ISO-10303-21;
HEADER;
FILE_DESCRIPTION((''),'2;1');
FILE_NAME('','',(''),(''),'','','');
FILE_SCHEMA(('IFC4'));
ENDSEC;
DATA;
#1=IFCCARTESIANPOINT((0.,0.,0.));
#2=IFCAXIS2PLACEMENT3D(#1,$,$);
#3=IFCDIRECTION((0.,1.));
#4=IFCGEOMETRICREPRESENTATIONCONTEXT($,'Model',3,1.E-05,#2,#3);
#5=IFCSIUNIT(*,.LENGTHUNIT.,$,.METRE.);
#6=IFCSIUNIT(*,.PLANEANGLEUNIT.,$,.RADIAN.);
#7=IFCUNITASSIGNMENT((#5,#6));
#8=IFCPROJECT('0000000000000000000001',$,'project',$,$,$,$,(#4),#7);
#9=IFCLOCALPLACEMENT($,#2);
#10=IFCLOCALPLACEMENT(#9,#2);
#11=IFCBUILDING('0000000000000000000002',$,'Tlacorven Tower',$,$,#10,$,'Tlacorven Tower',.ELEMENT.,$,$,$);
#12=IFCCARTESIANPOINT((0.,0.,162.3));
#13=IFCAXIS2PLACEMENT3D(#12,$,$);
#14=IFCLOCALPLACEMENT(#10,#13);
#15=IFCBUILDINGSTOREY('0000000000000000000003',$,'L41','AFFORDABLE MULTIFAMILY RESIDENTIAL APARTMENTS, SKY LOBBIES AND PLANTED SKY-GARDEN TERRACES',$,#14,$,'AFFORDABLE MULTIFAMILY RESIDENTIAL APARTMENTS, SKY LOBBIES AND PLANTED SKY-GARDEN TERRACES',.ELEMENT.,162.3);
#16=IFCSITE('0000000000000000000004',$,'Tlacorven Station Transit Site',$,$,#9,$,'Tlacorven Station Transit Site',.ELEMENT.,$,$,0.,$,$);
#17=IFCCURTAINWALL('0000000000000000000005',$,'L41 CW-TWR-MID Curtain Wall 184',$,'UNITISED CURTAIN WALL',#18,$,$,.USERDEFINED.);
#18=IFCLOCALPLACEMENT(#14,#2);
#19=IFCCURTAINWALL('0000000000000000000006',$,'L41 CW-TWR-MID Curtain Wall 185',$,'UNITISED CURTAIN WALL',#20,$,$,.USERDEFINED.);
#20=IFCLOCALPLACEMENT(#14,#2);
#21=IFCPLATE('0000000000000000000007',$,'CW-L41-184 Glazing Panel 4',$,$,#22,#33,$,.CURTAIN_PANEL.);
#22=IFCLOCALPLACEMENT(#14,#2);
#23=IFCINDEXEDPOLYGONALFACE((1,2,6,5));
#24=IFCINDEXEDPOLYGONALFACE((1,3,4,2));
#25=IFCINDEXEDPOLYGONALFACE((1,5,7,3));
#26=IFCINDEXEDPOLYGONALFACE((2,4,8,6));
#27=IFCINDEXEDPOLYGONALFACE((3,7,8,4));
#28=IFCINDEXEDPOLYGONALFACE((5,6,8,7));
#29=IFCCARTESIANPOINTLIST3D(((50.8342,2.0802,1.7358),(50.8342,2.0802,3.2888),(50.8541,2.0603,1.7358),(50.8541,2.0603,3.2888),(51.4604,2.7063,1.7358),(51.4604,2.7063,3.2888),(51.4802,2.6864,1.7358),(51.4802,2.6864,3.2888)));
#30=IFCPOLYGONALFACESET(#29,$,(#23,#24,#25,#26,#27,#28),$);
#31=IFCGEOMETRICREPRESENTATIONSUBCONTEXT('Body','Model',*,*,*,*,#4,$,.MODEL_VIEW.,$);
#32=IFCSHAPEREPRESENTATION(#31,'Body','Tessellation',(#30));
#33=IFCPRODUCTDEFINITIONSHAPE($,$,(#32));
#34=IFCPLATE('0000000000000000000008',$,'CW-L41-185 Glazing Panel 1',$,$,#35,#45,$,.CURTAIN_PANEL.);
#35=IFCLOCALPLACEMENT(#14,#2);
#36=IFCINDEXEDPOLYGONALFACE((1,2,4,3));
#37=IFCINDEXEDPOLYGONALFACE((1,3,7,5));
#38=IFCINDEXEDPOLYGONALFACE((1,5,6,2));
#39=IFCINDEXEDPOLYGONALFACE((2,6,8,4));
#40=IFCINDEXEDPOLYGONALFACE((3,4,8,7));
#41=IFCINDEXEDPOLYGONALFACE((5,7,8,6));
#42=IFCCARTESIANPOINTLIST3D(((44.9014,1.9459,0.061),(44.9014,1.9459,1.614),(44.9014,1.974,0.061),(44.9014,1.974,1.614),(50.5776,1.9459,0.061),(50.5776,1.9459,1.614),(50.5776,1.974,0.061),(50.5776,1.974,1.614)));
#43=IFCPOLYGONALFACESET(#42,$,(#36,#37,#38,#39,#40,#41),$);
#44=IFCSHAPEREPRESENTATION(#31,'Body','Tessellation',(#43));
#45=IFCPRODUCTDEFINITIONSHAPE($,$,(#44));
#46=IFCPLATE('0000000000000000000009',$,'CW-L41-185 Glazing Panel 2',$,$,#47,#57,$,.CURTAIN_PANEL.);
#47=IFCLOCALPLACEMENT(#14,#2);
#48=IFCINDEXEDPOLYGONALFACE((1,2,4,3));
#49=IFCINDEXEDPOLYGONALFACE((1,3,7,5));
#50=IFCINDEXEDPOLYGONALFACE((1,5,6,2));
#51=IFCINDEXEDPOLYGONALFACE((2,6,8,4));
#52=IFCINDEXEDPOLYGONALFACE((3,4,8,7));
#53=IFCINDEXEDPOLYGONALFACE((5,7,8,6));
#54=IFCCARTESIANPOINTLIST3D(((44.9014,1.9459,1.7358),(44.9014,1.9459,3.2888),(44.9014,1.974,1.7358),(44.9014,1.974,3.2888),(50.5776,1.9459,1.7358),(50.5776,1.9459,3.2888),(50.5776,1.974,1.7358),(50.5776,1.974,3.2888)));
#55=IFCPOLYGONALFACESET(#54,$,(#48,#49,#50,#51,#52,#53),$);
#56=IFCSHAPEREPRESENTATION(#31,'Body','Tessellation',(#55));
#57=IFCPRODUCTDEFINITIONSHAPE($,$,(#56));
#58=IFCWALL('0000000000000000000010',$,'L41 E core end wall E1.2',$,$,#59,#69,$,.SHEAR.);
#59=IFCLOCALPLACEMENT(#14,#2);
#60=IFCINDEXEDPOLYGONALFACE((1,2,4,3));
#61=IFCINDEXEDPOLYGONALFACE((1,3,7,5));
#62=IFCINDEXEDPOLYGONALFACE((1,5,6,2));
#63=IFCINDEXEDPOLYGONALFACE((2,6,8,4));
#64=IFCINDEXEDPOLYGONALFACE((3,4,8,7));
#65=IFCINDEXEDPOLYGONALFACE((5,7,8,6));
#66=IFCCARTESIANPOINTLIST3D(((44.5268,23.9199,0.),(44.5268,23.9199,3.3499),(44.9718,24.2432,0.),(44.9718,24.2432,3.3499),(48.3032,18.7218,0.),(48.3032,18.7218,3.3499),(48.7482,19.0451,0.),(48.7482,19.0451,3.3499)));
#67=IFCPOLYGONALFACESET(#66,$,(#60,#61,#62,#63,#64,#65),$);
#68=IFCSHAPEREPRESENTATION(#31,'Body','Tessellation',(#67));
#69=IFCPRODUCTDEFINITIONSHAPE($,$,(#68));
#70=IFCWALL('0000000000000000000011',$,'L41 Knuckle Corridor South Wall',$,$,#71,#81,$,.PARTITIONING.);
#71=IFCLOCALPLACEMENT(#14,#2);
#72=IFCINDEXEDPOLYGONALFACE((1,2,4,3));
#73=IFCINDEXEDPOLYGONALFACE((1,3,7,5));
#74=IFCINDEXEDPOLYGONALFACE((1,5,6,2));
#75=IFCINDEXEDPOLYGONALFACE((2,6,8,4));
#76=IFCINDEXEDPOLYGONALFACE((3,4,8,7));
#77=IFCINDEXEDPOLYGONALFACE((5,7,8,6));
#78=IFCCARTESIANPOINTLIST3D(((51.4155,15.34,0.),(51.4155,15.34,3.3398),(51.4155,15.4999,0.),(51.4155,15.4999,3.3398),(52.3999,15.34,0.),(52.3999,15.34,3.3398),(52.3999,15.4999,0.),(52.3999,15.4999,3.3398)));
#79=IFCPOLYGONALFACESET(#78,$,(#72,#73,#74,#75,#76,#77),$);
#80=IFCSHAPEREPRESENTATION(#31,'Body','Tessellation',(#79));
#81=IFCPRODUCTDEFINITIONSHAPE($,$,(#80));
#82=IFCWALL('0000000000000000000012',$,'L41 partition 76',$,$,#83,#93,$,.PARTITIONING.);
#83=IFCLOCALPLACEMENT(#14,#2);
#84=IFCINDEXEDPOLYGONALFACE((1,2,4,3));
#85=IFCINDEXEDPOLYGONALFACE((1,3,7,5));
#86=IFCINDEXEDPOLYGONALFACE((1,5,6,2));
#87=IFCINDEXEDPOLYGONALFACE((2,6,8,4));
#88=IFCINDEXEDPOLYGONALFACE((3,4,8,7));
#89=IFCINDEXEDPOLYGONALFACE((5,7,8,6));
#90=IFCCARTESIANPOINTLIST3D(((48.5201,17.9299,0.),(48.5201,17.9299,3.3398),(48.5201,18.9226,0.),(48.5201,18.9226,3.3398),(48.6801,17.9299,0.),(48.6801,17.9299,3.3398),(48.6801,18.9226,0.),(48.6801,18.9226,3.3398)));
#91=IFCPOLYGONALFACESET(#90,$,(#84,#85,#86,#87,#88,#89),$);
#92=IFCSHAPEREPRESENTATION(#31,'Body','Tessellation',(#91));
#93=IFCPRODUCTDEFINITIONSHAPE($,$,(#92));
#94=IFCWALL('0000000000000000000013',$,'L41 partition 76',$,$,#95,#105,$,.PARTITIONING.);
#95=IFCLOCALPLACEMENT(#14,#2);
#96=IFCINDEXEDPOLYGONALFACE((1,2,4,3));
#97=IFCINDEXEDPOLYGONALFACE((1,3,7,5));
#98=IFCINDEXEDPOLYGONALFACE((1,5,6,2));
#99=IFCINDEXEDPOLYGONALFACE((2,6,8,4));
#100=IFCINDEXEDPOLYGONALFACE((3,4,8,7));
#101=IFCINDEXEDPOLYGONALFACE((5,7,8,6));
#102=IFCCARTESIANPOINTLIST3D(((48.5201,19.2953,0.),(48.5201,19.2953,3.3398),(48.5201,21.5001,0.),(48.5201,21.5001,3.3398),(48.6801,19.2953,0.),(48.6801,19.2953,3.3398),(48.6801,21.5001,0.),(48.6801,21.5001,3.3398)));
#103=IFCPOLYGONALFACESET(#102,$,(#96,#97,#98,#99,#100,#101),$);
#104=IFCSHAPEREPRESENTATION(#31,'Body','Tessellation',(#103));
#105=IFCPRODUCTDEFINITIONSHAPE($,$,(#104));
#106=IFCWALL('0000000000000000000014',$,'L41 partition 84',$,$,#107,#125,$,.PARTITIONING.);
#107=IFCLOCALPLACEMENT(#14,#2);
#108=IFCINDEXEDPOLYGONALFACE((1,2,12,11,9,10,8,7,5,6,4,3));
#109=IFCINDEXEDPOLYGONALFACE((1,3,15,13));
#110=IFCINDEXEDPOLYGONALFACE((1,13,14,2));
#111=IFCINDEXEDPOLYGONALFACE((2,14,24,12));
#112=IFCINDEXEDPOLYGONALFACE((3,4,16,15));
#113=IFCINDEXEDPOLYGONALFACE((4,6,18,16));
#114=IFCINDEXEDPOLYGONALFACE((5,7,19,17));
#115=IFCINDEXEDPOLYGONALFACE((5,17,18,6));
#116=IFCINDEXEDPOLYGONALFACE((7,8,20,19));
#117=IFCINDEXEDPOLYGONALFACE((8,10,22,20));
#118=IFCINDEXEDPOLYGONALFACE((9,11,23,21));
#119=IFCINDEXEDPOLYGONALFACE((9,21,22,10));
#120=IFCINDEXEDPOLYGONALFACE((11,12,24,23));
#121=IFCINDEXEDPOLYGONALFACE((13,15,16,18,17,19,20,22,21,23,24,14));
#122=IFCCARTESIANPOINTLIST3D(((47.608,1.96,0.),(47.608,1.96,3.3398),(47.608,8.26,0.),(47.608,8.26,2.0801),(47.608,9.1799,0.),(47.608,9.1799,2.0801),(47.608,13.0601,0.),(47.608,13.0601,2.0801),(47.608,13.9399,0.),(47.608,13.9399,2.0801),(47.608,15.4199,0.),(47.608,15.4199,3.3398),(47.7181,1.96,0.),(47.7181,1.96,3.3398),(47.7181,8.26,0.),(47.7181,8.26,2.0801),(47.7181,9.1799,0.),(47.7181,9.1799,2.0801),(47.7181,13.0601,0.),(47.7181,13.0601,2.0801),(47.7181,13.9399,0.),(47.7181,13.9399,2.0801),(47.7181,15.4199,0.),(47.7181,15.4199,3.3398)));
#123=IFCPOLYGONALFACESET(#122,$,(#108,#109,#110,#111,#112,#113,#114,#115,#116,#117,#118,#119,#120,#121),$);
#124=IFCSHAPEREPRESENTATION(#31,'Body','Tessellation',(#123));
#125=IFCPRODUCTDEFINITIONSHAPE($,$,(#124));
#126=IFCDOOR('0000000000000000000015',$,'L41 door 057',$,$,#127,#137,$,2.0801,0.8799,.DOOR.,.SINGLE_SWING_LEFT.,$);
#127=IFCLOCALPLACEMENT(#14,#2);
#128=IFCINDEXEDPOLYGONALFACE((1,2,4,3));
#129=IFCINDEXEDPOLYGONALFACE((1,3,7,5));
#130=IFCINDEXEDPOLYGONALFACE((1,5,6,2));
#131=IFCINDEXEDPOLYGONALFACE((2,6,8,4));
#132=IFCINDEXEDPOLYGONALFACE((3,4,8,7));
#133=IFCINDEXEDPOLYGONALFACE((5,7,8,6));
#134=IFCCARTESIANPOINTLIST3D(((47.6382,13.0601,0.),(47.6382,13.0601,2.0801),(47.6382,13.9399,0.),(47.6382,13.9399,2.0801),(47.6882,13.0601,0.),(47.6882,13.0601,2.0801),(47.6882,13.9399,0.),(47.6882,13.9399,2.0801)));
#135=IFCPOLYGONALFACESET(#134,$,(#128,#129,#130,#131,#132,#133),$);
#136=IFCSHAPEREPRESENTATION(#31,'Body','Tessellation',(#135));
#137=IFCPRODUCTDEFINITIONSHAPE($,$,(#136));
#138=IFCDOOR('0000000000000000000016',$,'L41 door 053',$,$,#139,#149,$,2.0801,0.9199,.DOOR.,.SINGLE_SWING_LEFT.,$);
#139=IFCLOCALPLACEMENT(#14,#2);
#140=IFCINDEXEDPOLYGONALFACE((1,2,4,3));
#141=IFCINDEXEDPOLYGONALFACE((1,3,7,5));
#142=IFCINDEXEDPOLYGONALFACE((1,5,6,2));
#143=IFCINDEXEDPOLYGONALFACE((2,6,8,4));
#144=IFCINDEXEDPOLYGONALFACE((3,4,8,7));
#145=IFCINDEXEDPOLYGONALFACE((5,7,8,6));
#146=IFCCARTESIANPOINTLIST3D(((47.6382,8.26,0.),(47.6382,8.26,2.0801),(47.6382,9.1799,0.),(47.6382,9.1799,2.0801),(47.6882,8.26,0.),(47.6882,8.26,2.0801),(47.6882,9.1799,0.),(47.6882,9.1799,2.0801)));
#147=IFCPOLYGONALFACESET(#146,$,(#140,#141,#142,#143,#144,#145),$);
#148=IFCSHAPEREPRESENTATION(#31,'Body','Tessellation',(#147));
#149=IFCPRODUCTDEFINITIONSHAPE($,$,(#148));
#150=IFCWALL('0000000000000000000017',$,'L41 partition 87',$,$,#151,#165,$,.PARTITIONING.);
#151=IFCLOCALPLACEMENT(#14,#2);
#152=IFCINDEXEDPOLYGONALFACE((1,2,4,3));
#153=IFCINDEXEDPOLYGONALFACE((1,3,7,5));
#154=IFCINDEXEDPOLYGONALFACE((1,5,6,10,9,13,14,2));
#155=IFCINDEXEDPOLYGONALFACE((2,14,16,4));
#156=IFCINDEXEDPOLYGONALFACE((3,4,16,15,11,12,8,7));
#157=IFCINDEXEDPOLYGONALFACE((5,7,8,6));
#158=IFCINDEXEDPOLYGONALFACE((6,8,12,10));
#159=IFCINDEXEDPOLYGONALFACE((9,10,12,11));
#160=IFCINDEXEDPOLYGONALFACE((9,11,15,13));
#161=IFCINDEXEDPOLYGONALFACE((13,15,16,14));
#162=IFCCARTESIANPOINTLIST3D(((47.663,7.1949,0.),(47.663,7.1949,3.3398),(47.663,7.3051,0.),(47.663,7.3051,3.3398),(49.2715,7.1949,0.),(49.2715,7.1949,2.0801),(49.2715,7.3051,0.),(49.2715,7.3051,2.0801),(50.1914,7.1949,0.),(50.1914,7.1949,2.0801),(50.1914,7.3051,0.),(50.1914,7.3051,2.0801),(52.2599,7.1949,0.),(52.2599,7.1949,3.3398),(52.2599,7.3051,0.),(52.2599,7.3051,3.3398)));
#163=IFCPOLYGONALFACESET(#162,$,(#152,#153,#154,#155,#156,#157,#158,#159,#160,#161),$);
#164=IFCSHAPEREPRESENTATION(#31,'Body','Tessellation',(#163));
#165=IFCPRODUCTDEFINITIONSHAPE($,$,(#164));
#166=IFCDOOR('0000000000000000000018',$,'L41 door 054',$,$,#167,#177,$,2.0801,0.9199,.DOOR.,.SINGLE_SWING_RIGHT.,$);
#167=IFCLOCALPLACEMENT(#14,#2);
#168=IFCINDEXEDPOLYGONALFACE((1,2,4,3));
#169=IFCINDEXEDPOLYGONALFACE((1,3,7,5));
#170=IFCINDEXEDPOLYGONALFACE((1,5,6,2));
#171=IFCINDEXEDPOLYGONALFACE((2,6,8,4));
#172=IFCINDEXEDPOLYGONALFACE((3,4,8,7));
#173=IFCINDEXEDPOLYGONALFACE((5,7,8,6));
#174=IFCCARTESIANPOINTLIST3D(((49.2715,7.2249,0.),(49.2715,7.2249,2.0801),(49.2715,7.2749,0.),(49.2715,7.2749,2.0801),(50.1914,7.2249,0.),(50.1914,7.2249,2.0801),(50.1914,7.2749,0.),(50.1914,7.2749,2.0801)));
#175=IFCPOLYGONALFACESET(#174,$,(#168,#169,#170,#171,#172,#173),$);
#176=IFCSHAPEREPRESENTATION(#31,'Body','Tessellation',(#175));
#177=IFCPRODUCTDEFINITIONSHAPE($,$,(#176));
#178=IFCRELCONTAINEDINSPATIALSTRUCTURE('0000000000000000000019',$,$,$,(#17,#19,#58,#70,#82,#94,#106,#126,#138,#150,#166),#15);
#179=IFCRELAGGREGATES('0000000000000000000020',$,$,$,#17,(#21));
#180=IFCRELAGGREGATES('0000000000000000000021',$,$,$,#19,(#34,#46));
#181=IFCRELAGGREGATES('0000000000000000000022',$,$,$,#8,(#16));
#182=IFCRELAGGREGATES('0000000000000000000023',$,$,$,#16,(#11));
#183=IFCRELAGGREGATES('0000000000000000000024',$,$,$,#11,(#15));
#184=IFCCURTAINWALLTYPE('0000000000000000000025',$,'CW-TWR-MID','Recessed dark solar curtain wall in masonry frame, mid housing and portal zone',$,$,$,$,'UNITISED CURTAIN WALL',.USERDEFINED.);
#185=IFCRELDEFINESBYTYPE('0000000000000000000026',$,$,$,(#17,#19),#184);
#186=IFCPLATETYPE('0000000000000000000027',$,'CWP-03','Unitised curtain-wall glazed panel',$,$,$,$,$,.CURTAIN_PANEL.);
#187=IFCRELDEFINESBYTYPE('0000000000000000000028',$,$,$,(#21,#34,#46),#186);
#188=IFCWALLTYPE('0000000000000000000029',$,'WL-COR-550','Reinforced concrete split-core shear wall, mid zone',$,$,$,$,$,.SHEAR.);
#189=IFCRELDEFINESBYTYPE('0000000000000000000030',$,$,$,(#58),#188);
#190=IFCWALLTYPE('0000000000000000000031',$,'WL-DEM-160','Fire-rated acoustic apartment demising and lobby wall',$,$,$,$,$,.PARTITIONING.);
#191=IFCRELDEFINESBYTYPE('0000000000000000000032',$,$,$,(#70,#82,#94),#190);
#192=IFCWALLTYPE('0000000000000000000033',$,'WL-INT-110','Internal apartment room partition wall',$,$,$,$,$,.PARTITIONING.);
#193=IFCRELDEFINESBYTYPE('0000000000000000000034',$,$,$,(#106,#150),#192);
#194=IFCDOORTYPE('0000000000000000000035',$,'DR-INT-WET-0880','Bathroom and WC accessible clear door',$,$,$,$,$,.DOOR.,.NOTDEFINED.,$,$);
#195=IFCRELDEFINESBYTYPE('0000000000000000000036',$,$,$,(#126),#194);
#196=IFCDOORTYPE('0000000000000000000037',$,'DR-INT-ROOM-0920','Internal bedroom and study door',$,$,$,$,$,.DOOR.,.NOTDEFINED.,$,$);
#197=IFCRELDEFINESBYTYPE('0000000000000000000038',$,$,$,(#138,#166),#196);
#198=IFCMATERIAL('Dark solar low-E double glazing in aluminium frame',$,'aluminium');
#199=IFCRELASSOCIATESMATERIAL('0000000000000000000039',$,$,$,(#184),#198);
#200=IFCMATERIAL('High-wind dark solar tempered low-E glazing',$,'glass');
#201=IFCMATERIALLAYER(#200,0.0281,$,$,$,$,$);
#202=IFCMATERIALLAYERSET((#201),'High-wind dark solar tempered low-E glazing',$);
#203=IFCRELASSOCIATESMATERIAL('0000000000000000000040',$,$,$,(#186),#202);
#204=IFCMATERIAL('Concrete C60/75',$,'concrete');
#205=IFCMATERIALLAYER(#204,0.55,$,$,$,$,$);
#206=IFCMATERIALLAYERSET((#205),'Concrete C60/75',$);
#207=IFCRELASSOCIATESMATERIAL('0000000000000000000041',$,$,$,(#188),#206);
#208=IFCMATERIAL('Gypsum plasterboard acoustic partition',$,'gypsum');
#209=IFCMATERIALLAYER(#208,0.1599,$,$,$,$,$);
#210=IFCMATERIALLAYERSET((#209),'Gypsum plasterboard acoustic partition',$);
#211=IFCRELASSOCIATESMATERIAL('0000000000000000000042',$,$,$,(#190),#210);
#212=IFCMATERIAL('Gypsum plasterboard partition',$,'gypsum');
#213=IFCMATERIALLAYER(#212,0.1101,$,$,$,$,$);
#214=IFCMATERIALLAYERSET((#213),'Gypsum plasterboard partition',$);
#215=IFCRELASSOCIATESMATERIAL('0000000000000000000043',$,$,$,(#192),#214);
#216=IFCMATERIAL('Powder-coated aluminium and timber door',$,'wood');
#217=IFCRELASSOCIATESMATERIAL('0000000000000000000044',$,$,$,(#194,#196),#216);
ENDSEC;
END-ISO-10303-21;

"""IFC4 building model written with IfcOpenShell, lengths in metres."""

from ifc_helpers import new_model, si_unit, direction, frame, frame_2d, origin, origin_2d, place, context, subcontext, project, spatial, rectangle, extrude, source, transform, mapped, material, layer, layer_set, type_object, element, fill, aggregate, save


model = new_model("IFC4")

# Units and contexts
model_context = context("Model", 3, precision=1e-05, world=origin(), true_north=direction((0.0, 1.0)))
body_context = subcontext(model_context, "Body", "Model", "MODEL_VIEW")
ifc_project = project(units=[si_unit("LENGTHUNIT", "METRE"), si_unit("PLANEANGLEUNIT", "RADIAN")], contexts=[model_context])

# Site, building, storey
site_placement = place(None, origin())
site = spatial("IfcSite", under=ifc_project, at=site_placement, Name="Tlacorven Station Transit Site", LongName="Tlacorven Station Transit Site", CompositionType="ELEMENT", RefElevation=0.0)
building_placement = place(site_placement, origin())
building = spatial("IfcBuilding", under=site, at=building_placement, Name="Tlacorven Tower", LongName="Tlacorven Tower", CompositionType="ELEMENT")
storey_placement = place(building_placement, frame((0.0, 0.0, 162.3)))
storey = spatial("IfcBuildingStorey", under=building, at=storey_placement, Name="L41", Description="AFFORDABLE MULTIFAMILY RESIDENTIAL APARTMENTS, SKY LOBBIES AND PLANTED SKY-GARDEN TERRACES", LongName="AFFORDABLE MULTIFAMILY RESIDENTIAL APARTMENTS, SKY LOBBIES AND PLANTED SKY-GARDEN TERRACES", CompositionType="ELEMENT", Elevation=162.3)

# Shared definitions
ifc_material_1 = material(Name="Concrete C60/75", Category="concrete")

# Curtain wall
ifc_material_2 = material(Name="Dark solar low-E double glazing in aluminium frame", Category="aluminium")
curtain_wall_type = type_object("IfcCurtainWallType", Name="CW-TWR-MID", Description="Recessed dark solar curtain wall in masonry frame, mid housing and portal zone", ElementType="UNITISED CURTAIN WALL", PredefinedType="USERDEFINED", material=ifc_material_2)
curtain_wall_1_placement = place(storey_placement, origin())
curtain_wall_1 = element("IfcCurtainWall", 1, at=curtain_wall_1_placement, inside=storey, type_object=curtain_wall_type, Name="L41 CW-TWR-MID Curtain Wall 184", ObjectType="UNITISED CURTAIN WALL", PredefinedType="USERDEFINED")

# Curtain wall
curtain_wall_2_placement = place(storey_placement, origin())
curtain_wall_2 = element("IfcCurtainWall", 2, at=curtain_wall_2_placement, inside=storey, type_object=curtain_wall_type, Name="L41 CW-TWR-MID Curtain Wall 185", ObjectType="UNITISED CURTAIN WALL", PredefinedType="USERDEFINED")

# Plates
ifc_material_3 = material(Name="High-wind dark solar tempered low-E glazing", Category="glass")
ifc_layer_1 = layer(ifc_material_3, 0.0281)
ifc_layer_set_1 = layer_set([ifc_layer_1], Name="High-wind dark solar tempered low-E glazing")
plate_type = type_object("IfcPlateType", Name="CWP-03", Description="Unitised curtain-wall glazed panel", PredefinedType="CURTAIN_PANEL", material=ifc_layer_set_1)
shared_shape_1 = source(origin(), body_context, "Body", "SweptSolid", [
    extrude(rectangle(XDim=0.8855, YDim=0.0281, at=origin_2d()), origin(), (0.0, 0.0, 1.0), 1.553),
])
plate_1_placement = place(storey_placement, frame((51.1572, 2.3833, 1.7358), z_axis=(0.0, 0.0, 1.0), x_axis=(-0.707107, -0.707107, 0.0)))
plate_1 = element("IfcPlate", 3, at=plate_1_placement, type_object=plate_type, Name="CW-L41-184 Glazing Panel 4", PredefinedType="CURTAIN_PANEL", context=body_context, shape_type="MappedRepresentation", body=[
    mapped(shared_shape_1, transform((0.0, 0.0, 0.0), scale=1.0)),
])
aggregate(curtain_wall_1, [plate_1])
shared_shape_2 = source(origin(), body_context, "Body", "SweptSolid", [
    extrude(rectangle(XDim=5.6763, YDim=0.0281, at=origin_2d()), origin(), (0.0, 0.0, 1.0), 1.553),
])
plate_2_placement = place(storey_placement, frame((47.7395, 1.96, 0.061), z_axis=(0.0, 0.0, 1.0), x_axis=(-1.0, 0.0, 0.0)))
plate_2 = element("IfcPlate", 4, at=plate_2_placement, type_object=plate_type, Name="CW-L41-185 Glazing Panel 1", PredefinedType="CURTAIN_PANEL", context=body_context, shape_type="MappedRepresentation", body=[
    mapped(shared_shape_2, transform((0.0, 0.0, 0.0), scale=1.0)),
])
plate_3_placement = place(storey_placement, frame((47.7395, 1.96, 1.7358), z_axis=(0.0, 0.0, 1.0), x_axis=(-1.0, 0.0, 0.0)))
plate_3 = element("IfcPlate", 5, at=plate_3_placement, type_object=plate_type, Name="CW-L41-185 Glazing Panel 2", PredefinedType="CURTAIN_PANEL", context=body_context, shape_type="MappedRepresentation", body=[
    mapped(shared_shape_2, transform((0.0, 0.0, 0.0), scale=1.0)),
])
aggregate(curtain_wall_2, [plate_2, plate_3])

# Walls
ifc_layer_2 = layer(ifc_material_1, 0.55)
ifc_layer_set_2 = layer_set([ifc_layer_2], Name="Concrete C60/75")
wall_type_1 = type_object("IfcWallType", Name="WL-COR-550", Description="Reinforced concrete split-core shear wall, mid zone", PredefinedType="SHEAR", material=ifc_layer_set_2)
wall_1_placement = place(storey_placement, frame((48.5256, 18.8835, 0.0), z_axis=(0.0, 0.0, 1.0), x_axis=(-0.587765, 0.809032, 0.0)))
element("IfcWall", 6, at=wall_1_placement, inside=storey, type_object=wall_type_1, Name="L41 E core end wall E1.2", PredefinedType="SHEAR", context=body_context, shape_type="SweptSolid", body=[
    extrude(rectangle(XDim=6.425, YDim=0.55, at=frame_2d((3.2124, 0.0))), origin(), (0.0, 0.0, 1.0), 3.3499),
])
ifc_material_4 = material(Name="Gypsum plasterboard acoustic partition", Category="gypsum")
ifc_layer_3 = layer(ifc_material_4, 0.1599)
ifc_layer_set_3 = layer_set([ifc_layer_3], Name="Gypsum plasterboard acoustic partition")
wall_type_2 = type_object("IfcWallType", Name="WL-DEM-160", Description="Fire-rated acoustic apartment demising and lobby wall", PredefinedType="PARTITIONING", material=ifc_layer_set_3)
wall_2_placement = place(storey_placement, frame((51.4155, 15.4199, 0.0), z_axis=(0.0, 0.0, 1.0), x_axis=(1.0, 0.0, 0.0)))
element("IfcWall", 7, at=wall_2_placement, inside=storey, type_object=wall_type_2, Name="L41 Knuckle Corridor South Wall", PredefinedType="PARTITIONING", context=body_context, shape_type="SweptSolid", body=[
    extrude(rectangle(XDim=0.9844, YDim=0.1599, at=frame_2d((0.4922, 0.0))), origin(), (0.0, 0.0, 1.0), 3.3398),
])
wall_3_placement = place(storey_placement, frame((48.6001, 17.9299, 0.0), z_axis=(0.0, 0.0, 1.0), x_axis=(0.0, 1.0, 0.0)))
element("IfcWall", 8, at=wall_3_placement, inside=storey, type_object=wall_type_2, Name="L41 partition 76", PredefinedType="PARTITIONING", context=body_context, shape_type="SweptSolid", body=[
    extrude(rectangle(XDim=0.9927, YDim=0.1599, at=frame_2d((0.4963, 0.0))), origin(), (0.0, 0.0, 1.0), 3.3398),
])
wall_4_placement = place(storey_placement, frame((48.6001, 19.2952, 0.0), z_axis=(0.0, 0.0, 1.0), x_axis=(0.0, 1.0, 0.0)))
element("IfcWall", 9, at=wall_4_placement, inside=storey, type_object=wall_type_2, Name="L41 partition 76", PredefinedType="PARTITIONING", context=body_context, shape_type="SweptSolid", body=[
    extrude(rectangle(XDim=2.2048, YDim=0.1599, at=frame_2d((1.1025, 0.0))), origin(), (0.0, 0.0, 1.0), 3.3398),
])

# Wall, openings, doors
ifc_material_5 = material(Name="Gypsum plasterboard partition", Category="gypsum")
ifc_layer_4 = layer(ifc_material_5, 0.1101)
ifc_layer_set_4 = layer_set([ifc_layer_4], Name="Gypsum plasterboard partition")
wall_type_3 = type_object("IfcWallType", Name="WL-INT-110", Description="Internal apartment room partition wall", PredefinedType="PARTITIONING", material=ifc_layer_set_4)
wall_5_placement = place(storey_placement, frame((47.6631, 1.96, 0.0), z_axis=(0.0, 0.0, 1.0), x_axis=(0.0, 1.0, 0.0)))
wall_5 = element("IfcWall", 10, at=wall_5_placement, inside=storey, type_object=wall_type_3, Name="L41 partition 84", PredefinedType="PARTITIONING", context=body_context, shape_type="SweptSolid", body=[
    extrude(rectangle(XDim=13.46, YDim=0.1101, at=frame_2d((6.73, 0.0))), origin(), (0.0, 0.0, 1.0), 3.3398),
])
opening_1_placement = place(wall_5_placement, frame((6.3, 0.0, 0.0)))
opening_1 = element("IfcOpeningElement", 11, at=opening_1_placement, cuts=wall_5, PredefinedType="OPENING", context=body_context, shape_type="SweptSolid", body=[
    extrude(rectangle(XDim=0.9199, YDim=2.0801, at=frame_2d((0.46, 1.04))), frame((0.0, 0.0649, 0.0), z_axis=(0.0, -1.0, 0.0), x_axis=(1.0, 0.0, 0.0)), (0.0, 0.0, 1.0), 0.1301),
])
opening_2_placement = place(wall_5_placement, frame((11.1001, 0.0, 0.0)))
opening_2 = element("IfcOpeningElement", 12, at=opening_2_placement, cuts=wall_5, PredefinedType="OPENING", context=body_context, shape_type="SweptSolid", body=[
    extrude(rectangle(XDim=0.8799, YDim=2.0801, at=frame_2d((0.4399, 1.04))), frame((0.0, 0.0649, 0.0), z_axis=(0.0, -1.0, 0.0), x_axis=(1.0, 0.0, 0.0)), (0.0, 0.0, 1.0), 0.1301),
])
ifc_material_6 = material(Name="Powder-coated aluminium and timber door", Category="wood")
door_type_1 = type_object("IfcDoorType", Name="DR-INT-WET-0880", Description="Bathroom and WC accessible clear door", OperationType="NOTDEFINED", PredefinedType="DOOR", material=ifc_material_6)
shared_shape_3 = source(origin(), body_context, "Body", "SweptSolid", [
    extrude(rectangle(XDim=0.8799, YDim=2.0801, at=frame_2d((0.4399, 1.04))), frame((0.0, 0.0249, 0.0), z_axis=(0.0, -1.0, 0.0), x_axis=(1.0, 0.0, 0.0)), (0.0, 0.0, 1.0), 0.05),
])
door_1_placement = place(opening_2_placement, origin())
door_1 = element("IfcDoor", 13, at=door_1_placement, inside=storey, type_object=door_type_1, Name="L41 door 057", OperationType="SINGLE_SWING_LEFT", OverallHeight=2.0801, OverallWidth=0.8799, PredefinedType="DOOR", context=body_context, shape_type="MappedRepresentation", body=[
    mapped(shared_shape_3, transform((0.0, 0.0, 0.0), scale=1.0)),
])
fill(opening_2, door_1)
door_type_2 = type_object("IfcDoorType", Name="DR-INT-ROOM-0920", Description="Internal bedroom and study door", OperationType="NOTDEFINED", PredefinedType="DOOR", material=ifc_material_6)
shared_shape_4 = source(origin(), body_context, "Body", "SweptSolid", [
    extrude(rectangle(XDim=0.9199, YDim=2.0801, at=frame_2d((0.46, 1.04))), frame((0.0, 0.0249, 0.0), z_axis=(0.0, -1.0, 0.0), x_axis=(1.0, 0.0, 0.0)), (0.0, 0.0, 1.0), 0.05),
])
door_2_placement = place(opening_1_placement, origin())
door_2 = element("IfcDoor", 14, at=door_2_placement, inside=storey, type_object=door_type_2, Name="L41 door 053", OperationType="SINGLE_SWING_LEFT", OverallHeight=2.0801, OverallWidth=0.9199, PredefinedType="DOOR", context=body_context, shape_type="MappedRepresentation", body=[
    mapped(shared_shape_4, transform((0.0, 0.0, 0.0), scale=1.0)),
])
fill(opening_1, door_2)

# Wall, opening, door
wall_6_placement = place(storey_placement, frame((47.6631, 7.25, 0.0), z_axis=(0.0, 0.0, 1.0), x_axis=(1.0, 0.0, 0.0)))
wall_6 = element("IfcWall", 15, at=wall_6_placement, inside=storey, type_object=wall_type_3, Name="L41 partition 87", PredefinedType="PARTITIONING", context=body_context, shape_type="SweptSolid", body=[
    extrude(rectangle(XDim=4.5969, YDim=0.1101, at=frame_2d((2.2983, 0.0))), origin(), (0.0, 0.0, 1.0), 3.3398),
])
opening_3_placement = place(wall_6_placement, frame((1.6084, 0.0, 0.0)))
opening_3 = element("IfcOpeningElement", 16, at=opening_3_placement, cuts=wall_6, PredefinedType="OPENING", context=body_context, shape_type="SweptSolid", body=[
    extrude(rectangle(XDim=0.9199, YDim=2.0801, at=frame_2d((0.46, 1.04))), frame((0.0, 0.0649, 0.0), z_axis=(0.0, -1.0, 0.0), x_axis=(1.0, 0.0, 0.0)), (0.0, 0.0, 1.0), 0.1301),
])
door_3_placement = place(opening_3_placement, origin())
door_3 = element("IfcDoor", 17, at=door_3_placement, inside=storey, type_object=door_type_2, Name="L41 door 054", OperationType="SINGLE_SWING_RIGHT", OverallHeight=2.0801, OverallWidth=0.9199, PredefinedType="DOOR", context=body_context, shape_type="MappedRepresentation", body=[
    mapped(shared_shape_4, transform((0.0, 0.0, 0.0), scale=1.0)),
])
fill(opening_3, door_3)

save(model, "model.ifc")
